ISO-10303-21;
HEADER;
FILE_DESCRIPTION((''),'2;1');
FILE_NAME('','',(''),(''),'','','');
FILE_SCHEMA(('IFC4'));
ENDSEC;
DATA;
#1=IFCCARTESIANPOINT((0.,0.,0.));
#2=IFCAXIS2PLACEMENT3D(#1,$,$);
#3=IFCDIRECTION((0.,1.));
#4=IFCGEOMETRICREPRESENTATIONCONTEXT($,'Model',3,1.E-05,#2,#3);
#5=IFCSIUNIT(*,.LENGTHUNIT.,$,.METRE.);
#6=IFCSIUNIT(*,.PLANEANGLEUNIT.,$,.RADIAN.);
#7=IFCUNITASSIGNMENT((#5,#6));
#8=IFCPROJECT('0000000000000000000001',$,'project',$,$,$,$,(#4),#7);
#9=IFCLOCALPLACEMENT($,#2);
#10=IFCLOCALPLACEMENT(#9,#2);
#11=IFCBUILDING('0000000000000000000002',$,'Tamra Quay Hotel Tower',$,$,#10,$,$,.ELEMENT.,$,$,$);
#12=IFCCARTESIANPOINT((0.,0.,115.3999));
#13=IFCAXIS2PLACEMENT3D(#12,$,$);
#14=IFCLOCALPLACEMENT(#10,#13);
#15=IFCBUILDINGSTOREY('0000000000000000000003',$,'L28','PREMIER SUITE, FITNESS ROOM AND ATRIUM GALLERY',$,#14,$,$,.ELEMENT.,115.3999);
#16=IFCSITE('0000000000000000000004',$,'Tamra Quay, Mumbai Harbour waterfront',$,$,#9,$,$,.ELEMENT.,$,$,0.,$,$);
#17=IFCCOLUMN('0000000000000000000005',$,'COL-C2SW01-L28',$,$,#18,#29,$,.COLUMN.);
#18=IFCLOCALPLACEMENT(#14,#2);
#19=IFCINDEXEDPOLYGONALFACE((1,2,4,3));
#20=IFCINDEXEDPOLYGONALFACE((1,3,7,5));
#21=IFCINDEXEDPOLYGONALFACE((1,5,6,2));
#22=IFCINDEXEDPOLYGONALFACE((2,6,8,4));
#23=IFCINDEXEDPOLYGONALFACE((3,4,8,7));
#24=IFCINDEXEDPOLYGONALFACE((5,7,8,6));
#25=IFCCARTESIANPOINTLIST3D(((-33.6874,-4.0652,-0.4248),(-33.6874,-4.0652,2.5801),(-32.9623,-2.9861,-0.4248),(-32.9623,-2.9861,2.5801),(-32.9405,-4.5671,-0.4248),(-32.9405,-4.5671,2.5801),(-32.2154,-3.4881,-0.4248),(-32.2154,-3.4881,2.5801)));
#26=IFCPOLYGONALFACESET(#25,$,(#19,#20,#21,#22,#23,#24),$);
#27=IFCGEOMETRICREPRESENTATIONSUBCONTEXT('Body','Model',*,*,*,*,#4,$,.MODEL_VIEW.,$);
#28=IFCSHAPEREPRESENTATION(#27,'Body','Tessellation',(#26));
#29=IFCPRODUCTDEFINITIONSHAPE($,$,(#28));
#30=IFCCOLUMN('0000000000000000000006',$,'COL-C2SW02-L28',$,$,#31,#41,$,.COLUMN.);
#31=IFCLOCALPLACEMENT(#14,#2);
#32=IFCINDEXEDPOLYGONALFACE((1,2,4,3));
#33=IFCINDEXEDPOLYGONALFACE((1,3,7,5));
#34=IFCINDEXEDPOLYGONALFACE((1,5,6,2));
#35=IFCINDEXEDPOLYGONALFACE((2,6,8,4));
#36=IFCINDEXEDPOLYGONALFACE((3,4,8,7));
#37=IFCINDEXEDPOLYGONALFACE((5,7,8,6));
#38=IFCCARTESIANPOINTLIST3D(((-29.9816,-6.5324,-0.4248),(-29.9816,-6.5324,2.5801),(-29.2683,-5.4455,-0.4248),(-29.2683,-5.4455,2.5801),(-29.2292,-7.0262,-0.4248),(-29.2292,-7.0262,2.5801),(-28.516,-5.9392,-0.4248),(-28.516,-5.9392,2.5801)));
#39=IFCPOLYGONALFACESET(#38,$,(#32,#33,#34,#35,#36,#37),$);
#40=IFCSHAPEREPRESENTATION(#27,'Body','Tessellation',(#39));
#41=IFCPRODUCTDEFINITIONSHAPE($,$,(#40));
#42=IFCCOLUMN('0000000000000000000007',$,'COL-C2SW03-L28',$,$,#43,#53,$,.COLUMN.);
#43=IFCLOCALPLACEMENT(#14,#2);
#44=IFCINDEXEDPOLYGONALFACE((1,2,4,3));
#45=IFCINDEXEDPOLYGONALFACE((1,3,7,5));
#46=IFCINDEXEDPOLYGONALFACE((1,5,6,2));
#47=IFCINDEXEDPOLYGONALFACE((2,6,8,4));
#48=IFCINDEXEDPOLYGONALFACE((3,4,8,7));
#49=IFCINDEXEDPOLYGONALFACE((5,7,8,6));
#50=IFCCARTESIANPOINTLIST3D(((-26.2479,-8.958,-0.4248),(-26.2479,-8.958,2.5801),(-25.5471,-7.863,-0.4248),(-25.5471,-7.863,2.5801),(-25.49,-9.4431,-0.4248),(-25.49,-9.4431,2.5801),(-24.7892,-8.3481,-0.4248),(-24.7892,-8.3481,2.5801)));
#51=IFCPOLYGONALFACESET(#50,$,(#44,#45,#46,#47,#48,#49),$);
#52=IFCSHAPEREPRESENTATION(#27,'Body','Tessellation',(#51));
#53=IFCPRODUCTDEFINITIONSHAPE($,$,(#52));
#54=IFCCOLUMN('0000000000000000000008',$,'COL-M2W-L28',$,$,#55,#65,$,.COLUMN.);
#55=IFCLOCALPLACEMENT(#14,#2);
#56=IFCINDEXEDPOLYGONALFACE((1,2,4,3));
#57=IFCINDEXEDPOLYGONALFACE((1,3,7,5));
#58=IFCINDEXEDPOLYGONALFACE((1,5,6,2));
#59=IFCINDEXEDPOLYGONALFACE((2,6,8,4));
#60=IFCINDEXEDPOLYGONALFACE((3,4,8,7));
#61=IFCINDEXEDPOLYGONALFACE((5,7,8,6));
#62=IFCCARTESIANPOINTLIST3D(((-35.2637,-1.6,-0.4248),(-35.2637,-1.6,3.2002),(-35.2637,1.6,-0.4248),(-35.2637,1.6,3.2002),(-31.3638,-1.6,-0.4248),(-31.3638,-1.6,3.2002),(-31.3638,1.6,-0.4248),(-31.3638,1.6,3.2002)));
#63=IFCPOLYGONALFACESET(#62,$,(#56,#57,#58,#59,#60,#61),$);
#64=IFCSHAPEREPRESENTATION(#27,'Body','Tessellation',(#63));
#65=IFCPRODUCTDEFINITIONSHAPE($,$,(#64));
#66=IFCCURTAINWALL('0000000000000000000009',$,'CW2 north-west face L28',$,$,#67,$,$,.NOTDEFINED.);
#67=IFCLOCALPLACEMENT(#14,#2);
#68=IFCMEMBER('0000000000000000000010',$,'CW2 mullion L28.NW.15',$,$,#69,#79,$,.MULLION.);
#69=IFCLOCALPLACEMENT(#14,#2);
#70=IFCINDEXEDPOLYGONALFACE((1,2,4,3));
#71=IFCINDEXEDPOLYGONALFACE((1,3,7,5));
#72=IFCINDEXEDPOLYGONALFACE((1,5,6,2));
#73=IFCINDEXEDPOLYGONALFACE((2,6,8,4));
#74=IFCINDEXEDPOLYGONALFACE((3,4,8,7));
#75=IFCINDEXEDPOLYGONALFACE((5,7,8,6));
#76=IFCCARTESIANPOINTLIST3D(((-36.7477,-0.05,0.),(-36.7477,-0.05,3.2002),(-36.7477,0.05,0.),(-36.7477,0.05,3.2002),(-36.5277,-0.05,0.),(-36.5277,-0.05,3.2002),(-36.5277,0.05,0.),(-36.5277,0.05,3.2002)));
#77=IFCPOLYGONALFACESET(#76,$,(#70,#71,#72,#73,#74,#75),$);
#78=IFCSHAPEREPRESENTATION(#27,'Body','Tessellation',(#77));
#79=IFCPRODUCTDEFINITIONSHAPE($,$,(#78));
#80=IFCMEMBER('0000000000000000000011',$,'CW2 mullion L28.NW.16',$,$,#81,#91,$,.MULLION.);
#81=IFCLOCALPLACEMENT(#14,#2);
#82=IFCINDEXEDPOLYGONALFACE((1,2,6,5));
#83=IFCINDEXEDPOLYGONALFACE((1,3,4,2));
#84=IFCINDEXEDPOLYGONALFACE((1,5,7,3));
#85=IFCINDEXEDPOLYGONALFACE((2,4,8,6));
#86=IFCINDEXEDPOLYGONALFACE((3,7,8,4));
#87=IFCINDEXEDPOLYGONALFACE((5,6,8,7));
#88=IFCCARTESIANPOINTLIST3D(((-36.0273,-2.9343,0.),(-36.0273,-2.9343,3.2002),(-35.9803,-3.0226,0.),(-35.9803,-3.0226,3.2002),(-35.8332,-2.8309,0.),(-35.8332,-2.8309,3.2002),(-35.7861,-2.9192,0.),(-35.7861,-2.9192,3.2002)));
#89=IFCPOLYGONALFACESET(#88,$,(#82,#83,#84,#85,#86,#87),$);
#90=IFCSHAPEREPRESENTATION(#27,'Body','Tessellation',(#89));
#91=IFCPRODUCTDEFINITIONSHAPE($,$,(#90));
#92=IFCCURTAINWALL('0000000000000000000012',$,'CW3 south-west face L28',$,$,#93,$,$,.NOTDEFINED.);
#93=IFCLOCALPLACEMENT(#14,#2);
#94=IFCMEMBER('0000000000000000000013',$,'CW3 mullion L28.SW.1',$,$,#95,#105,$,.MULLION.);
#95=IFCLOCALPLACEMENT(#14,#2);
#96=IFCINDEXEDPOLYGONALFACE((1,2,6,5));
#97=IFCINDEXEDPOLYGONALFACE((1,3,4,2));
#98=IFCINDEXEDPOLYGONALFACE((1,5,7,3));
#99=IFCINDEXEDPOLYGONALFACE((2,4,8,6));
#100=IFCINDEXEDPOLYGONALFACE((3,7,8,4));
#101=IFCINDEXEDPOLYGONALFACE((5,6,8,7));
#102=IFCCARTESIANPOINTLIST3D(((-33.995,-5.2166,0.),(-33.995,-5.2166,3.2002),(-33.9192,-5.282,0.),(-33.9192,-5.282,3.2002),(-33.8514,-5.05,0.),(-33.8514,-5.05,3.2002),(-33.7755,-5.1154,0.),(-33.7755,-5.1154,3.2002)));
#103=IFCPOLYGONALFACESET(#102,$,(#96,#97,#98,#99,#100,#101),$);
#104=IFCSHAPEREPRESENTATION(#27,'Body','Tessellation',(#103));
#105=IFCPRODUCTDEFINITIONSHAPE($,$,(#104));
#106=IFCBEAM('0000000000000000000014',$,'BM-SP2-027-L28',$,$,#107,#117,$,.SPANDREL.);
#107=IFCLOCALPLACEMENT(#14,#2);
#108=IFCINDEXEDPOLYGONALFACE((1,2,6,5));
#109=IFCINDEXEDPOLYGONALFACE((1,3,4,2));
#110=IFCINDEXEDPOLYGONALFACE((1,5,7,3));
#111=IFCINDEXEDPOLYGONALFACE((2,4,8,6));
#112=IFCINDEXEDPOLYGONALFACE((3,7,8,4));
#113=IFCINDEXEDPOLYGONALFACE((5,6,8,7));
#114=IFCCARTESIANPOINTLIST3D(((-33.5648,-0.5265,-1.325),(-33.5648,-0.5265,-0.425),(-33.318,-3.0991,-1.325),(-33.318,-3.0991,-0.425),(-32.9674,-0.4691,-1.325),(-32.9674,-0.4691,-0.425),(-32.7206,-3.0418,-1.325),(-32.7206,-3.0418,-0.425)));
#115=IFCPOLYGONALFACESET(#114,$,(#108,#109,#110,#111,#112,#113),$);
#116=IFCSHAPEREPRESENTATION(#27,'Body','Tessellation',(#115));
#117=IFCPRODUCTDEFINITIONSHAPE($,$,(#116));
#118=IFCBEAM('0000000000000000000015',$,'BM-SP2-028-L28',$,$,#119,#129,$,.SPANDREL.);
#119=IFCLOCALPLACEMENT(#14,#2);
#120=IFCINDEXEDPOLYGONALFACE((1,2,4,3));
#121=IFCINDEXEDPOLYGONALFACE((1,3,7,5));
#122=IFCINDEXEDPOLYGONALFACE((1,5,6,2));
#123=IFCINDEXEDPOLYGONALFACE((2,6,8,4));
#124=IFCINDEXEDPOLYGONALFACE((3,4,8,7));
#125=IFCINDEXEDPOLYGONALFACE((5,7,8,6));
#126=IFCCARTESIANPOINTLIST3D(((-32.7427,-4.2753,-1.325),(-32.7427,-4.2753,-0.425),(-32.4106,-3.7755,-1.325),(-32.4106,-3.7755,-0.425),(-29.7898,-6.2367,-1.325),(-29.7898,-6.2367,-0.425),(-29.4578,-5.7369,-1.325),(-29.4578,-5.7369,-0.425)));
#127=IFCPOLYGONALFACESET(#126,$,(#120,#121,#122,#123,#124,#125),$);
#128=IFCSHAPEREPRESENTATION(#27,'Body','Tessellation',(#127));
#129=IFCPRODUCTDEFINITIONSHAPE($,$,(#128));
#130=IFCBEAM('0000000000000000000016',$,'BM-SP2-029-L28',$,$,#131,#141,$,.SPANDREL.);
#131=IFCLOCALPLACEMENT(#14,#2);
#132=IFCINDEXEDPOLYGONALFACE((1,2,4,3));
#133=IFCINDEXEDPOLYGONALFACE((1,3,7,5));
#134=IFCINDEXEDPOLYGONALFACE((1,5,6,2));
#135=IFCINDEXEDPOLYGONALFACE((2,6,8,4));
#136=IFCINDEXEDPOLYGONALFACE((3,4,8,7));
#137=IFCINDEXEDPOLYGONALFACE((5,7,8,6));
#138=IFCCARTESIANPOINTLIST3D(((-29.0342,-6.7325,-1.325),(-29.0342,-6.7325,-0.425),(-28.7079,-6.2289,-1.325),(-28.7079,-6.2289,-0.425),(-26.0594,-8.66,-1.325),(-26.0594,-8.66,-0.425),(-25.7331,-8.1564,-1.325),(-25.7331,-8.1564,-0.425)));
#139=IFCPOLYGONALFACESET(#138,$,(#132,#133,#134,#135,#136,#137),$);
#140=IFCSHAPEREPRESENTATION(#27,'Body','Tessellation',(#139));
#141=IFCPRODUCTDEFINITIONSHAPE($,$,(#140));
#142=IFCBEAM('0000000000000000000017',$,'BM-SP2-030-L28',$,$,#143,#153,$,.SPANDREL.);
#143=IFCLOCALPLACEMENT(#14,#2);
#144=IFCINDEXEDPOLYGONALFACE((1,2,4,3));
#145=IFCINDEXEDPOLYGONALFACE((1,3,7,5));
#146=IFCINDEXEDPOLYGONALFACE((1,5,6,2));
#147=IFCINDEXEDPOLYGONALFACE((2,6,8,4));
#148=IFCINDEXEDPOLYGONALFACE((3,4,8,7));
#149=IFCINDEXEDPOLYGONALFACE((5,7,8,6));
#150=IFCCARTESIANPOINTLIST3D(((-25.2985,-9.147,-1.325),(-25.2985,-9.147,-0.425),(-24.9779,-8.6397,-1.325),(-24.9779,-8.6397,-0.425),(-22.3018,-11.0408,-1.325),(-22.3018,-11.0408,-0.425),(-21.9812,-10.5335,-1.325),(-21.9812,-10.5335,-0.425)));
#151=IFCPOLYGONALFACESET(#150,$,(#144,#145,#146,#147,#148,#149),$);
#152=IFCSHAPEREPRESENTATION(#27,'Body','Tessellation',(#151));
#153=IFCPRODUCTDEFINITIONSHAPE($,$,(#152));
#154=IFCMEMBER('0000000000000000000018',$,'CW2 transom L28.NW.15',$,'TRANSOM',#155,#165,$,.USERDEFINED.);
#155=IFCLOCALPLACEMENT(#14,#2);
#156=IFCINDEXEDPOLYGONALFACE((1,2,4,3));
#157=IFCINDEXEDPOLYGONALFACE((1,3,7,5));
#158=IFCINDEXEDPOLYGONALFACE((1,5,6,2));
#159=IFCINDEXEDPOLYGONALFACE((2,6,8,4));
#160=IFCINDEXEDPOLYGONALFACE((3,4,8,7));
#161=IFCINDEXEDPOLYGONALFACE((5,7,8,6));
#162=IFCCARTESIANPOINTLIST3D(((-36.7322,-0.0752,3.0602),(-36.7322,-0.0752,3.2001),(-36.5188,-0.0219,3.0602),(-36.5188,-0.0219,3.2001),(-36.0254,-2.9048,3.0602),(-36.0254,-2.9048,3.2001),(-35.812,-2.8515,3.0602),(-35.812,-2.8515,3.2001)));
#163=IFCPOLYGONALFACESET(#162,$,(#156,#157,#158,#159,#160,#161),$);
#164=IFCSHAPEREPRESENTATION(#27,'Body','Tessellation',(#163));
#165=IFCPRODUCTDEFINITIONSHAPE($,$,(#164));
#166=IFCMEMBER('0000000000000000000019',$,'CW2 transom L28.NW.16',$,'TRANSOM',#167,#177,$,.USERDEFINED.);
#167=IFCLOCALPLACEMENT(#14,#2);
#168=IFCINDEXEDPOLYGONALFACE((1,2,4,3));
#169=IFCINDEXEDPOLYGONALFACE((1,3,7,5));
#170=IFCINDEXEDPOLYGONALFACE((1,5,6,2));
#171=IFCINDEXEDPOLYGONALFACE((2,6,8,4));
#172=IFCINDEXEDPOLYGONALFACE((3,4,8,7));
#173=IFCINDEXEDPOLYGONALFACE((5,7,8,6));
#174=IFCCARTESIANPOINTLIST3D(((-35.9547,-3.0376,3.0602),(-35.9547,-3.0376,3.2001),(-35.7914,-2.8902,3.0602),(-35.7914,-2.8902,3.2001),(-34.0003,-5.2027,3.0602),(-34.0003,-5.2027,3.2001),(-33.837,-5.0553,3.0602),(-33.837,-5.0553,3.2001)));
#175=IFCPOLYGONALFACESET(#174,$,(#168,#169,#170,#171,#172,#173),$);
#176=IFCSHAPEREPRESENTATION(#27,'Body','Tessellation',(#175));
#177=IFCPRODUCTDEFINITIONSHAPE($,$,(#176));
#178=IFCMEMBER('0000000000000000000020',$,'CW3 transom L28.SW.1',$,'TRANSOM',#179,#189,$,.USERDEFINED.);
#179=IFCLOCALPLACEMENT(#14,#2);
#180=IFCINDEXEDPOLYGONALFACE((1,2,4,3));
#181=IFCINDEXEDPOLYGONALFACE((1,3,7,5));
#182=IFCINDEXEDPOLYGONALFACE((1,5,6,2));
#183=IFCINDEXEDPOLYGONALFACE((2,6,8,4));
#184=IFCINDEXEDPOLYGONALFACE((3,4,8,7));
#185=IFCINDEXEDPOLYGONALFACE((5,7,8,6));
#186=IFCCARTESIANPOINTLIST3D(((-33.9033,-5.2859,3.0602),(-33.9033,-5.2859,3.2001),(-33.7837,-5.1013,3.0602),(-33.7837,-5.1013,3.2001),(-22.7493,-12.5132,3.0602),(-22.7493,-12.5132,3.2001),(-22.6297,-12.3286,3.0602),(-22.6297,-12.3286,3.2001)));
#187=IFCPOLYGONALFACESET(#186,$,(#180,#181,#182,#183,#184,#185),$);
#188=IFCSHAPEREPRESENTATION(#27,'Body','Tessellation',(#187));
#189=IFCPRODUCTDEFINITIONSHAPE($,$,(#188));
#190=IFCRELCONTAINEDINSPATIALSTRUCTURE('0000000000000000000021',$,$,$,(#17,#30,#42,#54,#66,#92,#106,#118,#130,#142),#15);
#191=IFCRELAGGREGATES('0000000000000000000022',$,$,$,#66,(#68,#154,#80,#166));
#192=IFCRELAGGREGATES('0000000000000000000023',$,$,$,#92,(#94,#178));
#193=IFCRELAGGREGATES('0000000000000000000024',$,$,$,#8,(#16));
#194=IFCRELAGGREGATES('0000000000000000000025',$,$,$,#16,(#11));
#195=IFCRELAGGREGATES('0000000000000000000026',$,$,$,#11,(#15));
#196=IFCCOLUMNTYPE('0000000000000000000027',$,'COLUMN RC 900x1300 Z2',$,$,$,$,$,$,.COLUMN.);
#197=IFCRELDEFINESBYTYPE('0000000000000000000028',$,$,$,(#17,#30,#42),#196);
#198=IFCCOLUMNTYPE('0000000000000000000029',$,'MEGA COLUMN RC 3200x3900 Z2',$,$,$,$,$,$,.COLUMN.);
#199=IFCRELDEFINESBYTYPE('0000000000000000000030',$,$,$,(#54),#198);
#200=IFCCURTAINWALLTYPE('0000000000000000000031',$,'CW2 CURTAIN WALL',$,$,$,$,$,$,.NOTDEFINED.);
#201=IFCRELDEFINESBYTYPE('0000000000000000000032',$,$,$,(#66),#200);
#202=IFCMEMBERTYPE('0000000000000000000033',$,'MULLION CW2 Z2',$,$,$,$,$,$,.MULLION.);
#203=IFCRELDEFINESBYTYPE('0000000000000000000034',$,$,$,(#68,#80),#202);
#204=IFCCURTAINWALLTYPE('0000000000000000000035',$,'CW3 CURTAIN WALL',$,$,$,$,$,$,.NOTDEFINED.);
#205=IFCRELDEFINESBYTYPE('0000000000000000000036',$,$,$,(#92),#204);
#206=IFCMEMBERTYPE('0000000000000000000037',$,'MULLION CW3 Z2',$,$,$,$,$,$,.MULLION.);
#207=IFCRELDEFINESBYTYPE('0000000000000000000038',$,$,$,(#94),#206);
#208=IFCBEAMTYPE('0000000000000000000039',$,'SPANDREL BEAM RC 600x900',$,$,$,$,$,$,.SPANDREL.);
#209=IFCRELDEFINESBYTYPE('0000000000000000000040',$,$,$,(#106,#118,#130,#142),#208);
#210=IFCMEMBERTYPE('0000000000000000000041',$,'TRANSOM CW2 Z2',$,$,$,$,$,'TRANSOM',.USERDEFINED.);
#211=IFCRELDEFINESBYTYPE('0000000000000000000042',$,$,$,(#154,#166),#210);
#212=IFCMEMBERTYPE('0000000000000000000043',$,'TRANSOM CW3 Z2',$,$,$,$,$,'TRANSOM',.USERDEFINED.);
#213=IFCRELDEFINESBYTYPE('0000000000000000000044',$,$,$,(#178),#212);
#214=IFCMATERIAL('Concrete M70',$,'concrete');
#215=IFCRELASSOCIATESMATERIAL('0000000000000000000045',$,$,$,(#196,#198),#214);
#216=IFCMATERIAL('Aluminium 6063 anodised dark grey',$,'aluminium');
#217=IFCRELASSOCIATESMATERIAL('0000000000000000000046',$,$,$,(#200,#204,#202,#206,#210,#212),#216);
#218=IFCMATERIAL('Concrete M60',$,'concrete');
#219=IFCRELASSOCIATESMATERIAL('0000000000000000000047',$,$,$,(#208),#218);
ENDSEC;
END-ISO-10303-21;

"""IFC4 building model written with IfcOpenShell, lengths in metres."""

from ifc_helpers import new_model, si_unit, direction, frame, origin, origin_2d, place, context, subcontext, project, spatial, rectangle, extrude, material, material_profile, profile_set, type_object, element, aggregate, save


model = new_model("IFC4")

# Units and contexts
model_context = context("Model", 3, precision=1e-05, world=origin(), true_north=direction((0.0, 1.0)))
body_context = subcontext(model_context, "Body", "Model", "MODEL_VIEW")
ifc_project = project(units=[si_unit("LENGTHUNIT", "METRE"), si_unit("PLANEANGLEUNIT", "RADIAN")], contexts=[model_context])

# Site, building, storey
site_placement = place(None, origin())
site = spatial("IfcSite", under=ifc_project, at=site_placement, Name="Tamra Quay, Mumbai Harbour waterfront", CompositionType="ELEMENT", RefElevation=0.0)
building_placement = place(site_placement, origin())
building = spatial("IfcBuilding", under=site, at=building_placement, Name="Tamra Quay Hotel Tower", CompositionType="ELEMENT")
storey_placement = place(building_placement, frame((0.0, 0.0, 115.3999)))
storey = spatial("IfcBuildingStorey", under=building, at=storey_placement, Name="L28", Description="PREMIER SUITE, FITNESS ROOM AND ATRIUM GALLERY", CompositionType="ELEMENT", Elevation=115.3999)

# Columns
ifc_material_1 = material(Name="Concrete M70", Category="concrete")
ifc_material_profile_1 = material_profile(ifc_material_1, rectangle(XDim=1.3, YDim=0.8999, at=origin_2d()), Name="COLUMN RC 900x1300 Z2")
ifc_profile_set_1 = profile_set([ifc_material_profile_1], Name="Concrete M70")
column_type_1 = type_object("IfcColumnType", Name="COLUMN RC 900x1300 Z2", PredefinedType="COLUMN", material=ifc_profile_set_1)
for number, where, z_axis, x_axis, name in (
    (1, (-32.9514, -3.7766, -0.4248), (0.0, 0.0, 1.0), (0.557767, 0.829998, 0.0), "COL-C2SW01-L28"),
    (2, (-29.2488, -6.2358, -0.4248), (0.0, 0.0, 1.0), (0.548641, 0.836058, 0.0), "COL-C2SW02-L28"),
    (3, (-25.5186, -8.6531, -0.4248), (0.0, 0.0, 1.0), (0.539065, 0.842264, 0.0), "COL-C2SW03-L28"),
):
    element("IfcColumn", number, at=place(storey_placement, frame(where, z_axis=z_axis, x_axis=x_axis)), inside=storey, type_object=column_type_1, Name=name, PredefinedType="COLUMN", context=body_context, shape_type="SweptSolid", body=[
        extrude(rectangle(XDim=1.3, YDim=0.8999, at=origin_2d()), origin(), (0.0, 0.0, 1.0), 3.0049),
    ])
ifc_material_profile_2 = material_profile(ifc_material_1, rectangle(XDim=3.8999, YDim=3.2, at=origin_2d()), Name="MEGA COLUMN RC 3200x3900 Z2")
ifc_profile_set_2 = profile_set([ifc_material_profile_2], Name="Concrete M70")
column_type_2 = type_object("IfcColumnType", Name="MEGA COLUMN RC 3200x3900 Z2", PredefinedType="COLUMN", material=ifc_profile_set_2)
column_placement = place(storey_placement, frame((-33.3137, 0.0, -0.4248), z_axis=(0.0, 0.0, 1.0), x_axis=(1.0, 0.0, 0.0)))
element("IfcColumn", 4, at=column_placement, inside=storey, type_object=column_type_2, Name="COL-M2W-L28", PredefinedType="COLUMN", context=body_context, shape_type="SweptSolid", body=[
    extrude(rectangle(XDim=3.8999, YDim=3.2, at=origin_2d()), origin(), (0.0, 0.0, 1.0), 3.625),
])

# Curtain wall, members
ifc_material_2 = material(Name="Aluminium 6063 anodised dark grey", Category="aluminium")
curtain_wall_type_1 = type_object("IfcCurtainWallType", Name="CW2 CURTAIN WALL", PredefinedType="NOTDEFINED", material=ifc_material_2)
curtain_wall_1_placement = place(storey_placement, origin())
curtain_wall_1 = element("IfcCurtainWall", 5, at=curtain_wall_1_placement, inside=storey, type_object=curtain_wall_type_1, Name="CW2 north-west face L28", PredefinedType="NOTDEFINED")
ifc_material_profile_3 = material_profile(ifc_material_2, rectangle(XDim=0.22, YDim=0.1001, at=origin_2d()), Name="MULLION 100X220")
ifc_profile_set_3 = profile_set([ifc_material_profile_3], Name="Aluminium 6063 anodised dark grey")
member_type_1 = type_object("IfcMemberType", Name="MULLION CW2 Z2", PredefinedType="MULLION", material=ifc_profile_set_3)
member_1_placement = place(storey_placement, frame((-36.6377, 0.0, 0.0), z_axis=(0.0, 0.0, 1.0), x_axis=(-1.0, 0.0, 0.0)))
member_1 = element("IfcMember", 6, at=member_1_placement, type_object=member_type_1, Name="CW2 mullion L28.NW.15", PredefinedType="MULLION", context=body_context, shape_type="SweptSolid", body=[
    extrude(rectangle(XDim=0.22, YDim=0.1001, at=origin_2d()), origin(), (0.0, 0.0, 1.0), 3.2002),
])
member_2_placement = place(storey_placement, frame((-35.9067, -2.9268, 0.0), z_axis=(0.0, 0.0, 1.0), x_axis=(-0.882544, -0.47023, 0.0)))
member_2 = element("IfcMember", 7, at=member_2_placement, type_object=member_type_1, Name="CW2 mullion L28.NW.16", PredefinedType="MULLION", context=body_context, shape_type="SweptSolid", body=[
    extrude(rectangle(XDim=0.22, YDim=0.1001, at=origin_2d()), origin(), (0.0, 0.0, 1.0), 3.2002),
])

# Curtain wall, member
curtain_wall_type_2 = type_object("IfcCurtainWallType", Name="CW3 CURTAIN WALL", PredefinedType="NOTDEFINED", material=ifc_material_2)
curtain_wall_2_placement = place(storey_placement, origin())
curtain_wall_2 = element("IfcCurtainWall", 8, at=curtain_wall_2_placement, inside=storey, type_object=curtain_wall_type_2, Name="CW3 south-west face L28", PredefinedType="NOTDEFINED")
ifc_material_profile_4 = material_profile(ifc_material_2, rectangle(XDim=0.22, YDim=0.1001, at=origin_2d()), Name="MULLION 100X220")
ifc_profile_set_4 = profile_set([ifc_material_profile_4], Name="Aluminium 6063 anodised dark grey")
member_type_2 = type_object("IfcMemberType", Name="MULLION CW3 Z2", PredefinedType="MULLION", material=ifc_profile_set_4)
member_3_placement = place(storey_placement, frame((-33.8853, -5.166, 0.0), z_axis=(0.0, 0.0, 1.0), x_axis=(-0.652887, -0.757455, 0.0)))
member_3 = element("IfcMember", 9, at=member_3_placement, type_object=member_type_2, Name="CW3 mullion L28.SW.1", PredefinedType="MULLION", context=body_context, shape_type="SweptSolid", body=[
    extrude(rectangle(XDim=0.22, YDim=0.1001, at=origin_2d()), origin(), (0.0, 0.0, 1.0), 3.2002),
])

# Beams
ifc_material_3 = material(Name="Concrete M60", Category="concrete")
ifc_material_profile_5 = material_profile(ifc_material_3, rectangle(XDim=0.6001, YDim=0.8999, at=origin_2d()), Name="SPANDREL BEAM RC 600x900")
ifc_profile_set_5 = profile_set([ifc_material_profile_5], Name="Concrete M60")
beam_type = type_object("IfcBeamType", Name="SPANDREL BEAM RC 600x900", PredefinedType="SPANDREL", material=ifc_profile_set_5)
beam_1_placement = place(storey_placement, frame((-33.2661, -0.4978, -0.875), z_axis=(0.0955, -0.995429, 0.0), x_axis=(0.995429, 0.0955, 0.0)))
element("IfcBeam", 10, at=beam_1_placement, inside=storey, type_object=beam_type, Name="BM-SP2-027-L28", PredefinedType="SPANDREL", context=body_context, shape_type="SweptSolid", body=[
    extrude(rectangle(XDim=0.6001, YDim=0.8999, at=origin_2d()), origin(), (0.0, 0.0, 1.0), 2.5845),
])
beam_2_placement = place(storey_placement, frame((-32.5767, -4.0254, -0.875), z_axis=(0.832982, -0.553301, 0.0), x_axis=(0.553301, 0.832982, 0.0)))
element("IfcBeam", 11, at=beam_2_placement, inside=storey, type_object=beam_type, Name="BM-SP2-028-L28", PredefinedType="SPANDREL", context=body_context, shape_type="SweptSolid", body=[
    extrude(rectangle(XDim=0.6001, YDim=0.8999, at=origin_2d()), origin(), (0.0, 0.0, 1.0), 3.5449),
])
beam_3_placement = place(storey_placement, frame((-28.8711, -6.4807, -0.875), z_axis=(0.839237, -0.543765, 0.0), x_axis=(0.543765, 0.839237, 0.0)))
element("IfcBeam", 12, at=beam_3_placement, inside=storey, type_object=beam_type, Name="BM-SP2-029-L28", PredefinedType="SPANDREL", context=body_context, shape_type="SweptSolid", body=[
    extrude(rectangle(XDim=0.6001, YDim=0.8999, at=origin_2d()), origin(), (0.0, 0.0, 1.0), 3.5447),
])
beam_4_placement = place(storey_placement, frame((-25.1382, -8.8933, -0.875), z_axis=(0.845333, -0.534239, 0.0), x_axis=(0.534239, 0.845333, 0.0)))
element("IfcBeam", 13, at=beam_4_placement, inside=storey, type_object=beam_type, Name="BM-SP2-030-L28", PredefinedType="SPANDREL", context=body_context, shape_type="SweptSolid", body=[
    extrude(rectangle(XDim=0.6001, YDim=0.8999, at=origin_2d()), origin(), (0.0, 0.0, 1.0), 3.5449),
])

# Members
ifc_material_profile_6 = material_profile(ifc_material_2, rectangle(XDim=0.22, YDim=0.1399, at=origin_2d()), Name="TRANSOM 220X140")
ifc_profile_set_6 = profile_set([ifc_material_profile_6], Name="Aluminium 6063 anodised dark grey")
member_type_3 = type_object("IfcMemberType", Name="TRANSOM CW2 Z2", ElementType="TRANSOM", PredefinedType="USERDEFINED", material=ifc_profile_set_6)
member_4_placement = place(storey_placement, frame((-36.6255, -0.0486, 3.1301), z_axis=(0.242339, -0.970192, 0.0), x_axis=(0.970192, 0.242339, 0.0)))
member_4 = element("IfcMember", 14, at=member_4_placement, type_object=member_type_3, Name="CW2 transom L28.NW.15", ObjectType="TRANSOM", PredefinedType="USERDEFINED", context=body_context, shape_type="SweptSolid", body=[
    extrude(rectangle(XDim=0.22, YDim=0.1399, at=origin_2d()), origin(), (0.0, 0.0, 1.0), 2.9165),
])
member_5_placement = place(storey_placement, frame((-35.873, -2.9639, 3.1301), z_axis=(0.670065, -0.742303, 0.0), x_axis=(0.742303, 0.670065, 0.0)))
member_5 = element("IfcMember", 15, at=member_5_placement, type_object=member_type_3, Name="CW2 transom L28.NW.16", ObjectType="TRANSOM", PredefinedType="USERDEFINED", context=body_context, shape_type="SweptSolid", body=[
    extrude(rectangle(XDim=0.22, YDim=0.1399, at=origin_2d()), origin(), (0.0, 0.0, 1.0), 2.9167),
])
ifc_material_profile_7 = material_profile(ifc_material_2, rectangle(XDim=0.22, YDim=0.1399, at=origin_2d()), Name="TRANSOM 220X140")
ifc_profile_set_7 = profile_set([ifc_material_profile_7], Name="Aluminium 6063 anodised dark grey")
member_type_4 = type_object("IfcMemberType", Name="TRANSOM CW3 Z2", ElementType="TRANSOM", PredefinedType="USERDEFINED", material=ifc_profile_set_7)
member_6_placement = place(storey_placement, frame((-33.8435, -5.1936, 3.1301), z_axis=(0.839228, -0.54378, 0.0), x_axis=(0.54378, 0.839228, 0.0)))
member_6 = element("IfcMember", 16, at=member_6_placement, type_object=member_type_4, Name="CW3 transom L28.SW.1", ObjectType="TRANSOM", PredefinedType="USERDEFINED", context=body_context, shape_type="SweptSolid", body=[
    extrude(rectangle(XDim=0.22, YDim=0.1399, at=origin_2d()), origin(), (0.0, 0.0, 1.0), 13.2908),
])

aggregate(curtain_wall_1, [member_1, member_4, member_2, member_5])
aggregate(curtain_wall_2, [member_3, member_6])

save(model, "model.ifc")
